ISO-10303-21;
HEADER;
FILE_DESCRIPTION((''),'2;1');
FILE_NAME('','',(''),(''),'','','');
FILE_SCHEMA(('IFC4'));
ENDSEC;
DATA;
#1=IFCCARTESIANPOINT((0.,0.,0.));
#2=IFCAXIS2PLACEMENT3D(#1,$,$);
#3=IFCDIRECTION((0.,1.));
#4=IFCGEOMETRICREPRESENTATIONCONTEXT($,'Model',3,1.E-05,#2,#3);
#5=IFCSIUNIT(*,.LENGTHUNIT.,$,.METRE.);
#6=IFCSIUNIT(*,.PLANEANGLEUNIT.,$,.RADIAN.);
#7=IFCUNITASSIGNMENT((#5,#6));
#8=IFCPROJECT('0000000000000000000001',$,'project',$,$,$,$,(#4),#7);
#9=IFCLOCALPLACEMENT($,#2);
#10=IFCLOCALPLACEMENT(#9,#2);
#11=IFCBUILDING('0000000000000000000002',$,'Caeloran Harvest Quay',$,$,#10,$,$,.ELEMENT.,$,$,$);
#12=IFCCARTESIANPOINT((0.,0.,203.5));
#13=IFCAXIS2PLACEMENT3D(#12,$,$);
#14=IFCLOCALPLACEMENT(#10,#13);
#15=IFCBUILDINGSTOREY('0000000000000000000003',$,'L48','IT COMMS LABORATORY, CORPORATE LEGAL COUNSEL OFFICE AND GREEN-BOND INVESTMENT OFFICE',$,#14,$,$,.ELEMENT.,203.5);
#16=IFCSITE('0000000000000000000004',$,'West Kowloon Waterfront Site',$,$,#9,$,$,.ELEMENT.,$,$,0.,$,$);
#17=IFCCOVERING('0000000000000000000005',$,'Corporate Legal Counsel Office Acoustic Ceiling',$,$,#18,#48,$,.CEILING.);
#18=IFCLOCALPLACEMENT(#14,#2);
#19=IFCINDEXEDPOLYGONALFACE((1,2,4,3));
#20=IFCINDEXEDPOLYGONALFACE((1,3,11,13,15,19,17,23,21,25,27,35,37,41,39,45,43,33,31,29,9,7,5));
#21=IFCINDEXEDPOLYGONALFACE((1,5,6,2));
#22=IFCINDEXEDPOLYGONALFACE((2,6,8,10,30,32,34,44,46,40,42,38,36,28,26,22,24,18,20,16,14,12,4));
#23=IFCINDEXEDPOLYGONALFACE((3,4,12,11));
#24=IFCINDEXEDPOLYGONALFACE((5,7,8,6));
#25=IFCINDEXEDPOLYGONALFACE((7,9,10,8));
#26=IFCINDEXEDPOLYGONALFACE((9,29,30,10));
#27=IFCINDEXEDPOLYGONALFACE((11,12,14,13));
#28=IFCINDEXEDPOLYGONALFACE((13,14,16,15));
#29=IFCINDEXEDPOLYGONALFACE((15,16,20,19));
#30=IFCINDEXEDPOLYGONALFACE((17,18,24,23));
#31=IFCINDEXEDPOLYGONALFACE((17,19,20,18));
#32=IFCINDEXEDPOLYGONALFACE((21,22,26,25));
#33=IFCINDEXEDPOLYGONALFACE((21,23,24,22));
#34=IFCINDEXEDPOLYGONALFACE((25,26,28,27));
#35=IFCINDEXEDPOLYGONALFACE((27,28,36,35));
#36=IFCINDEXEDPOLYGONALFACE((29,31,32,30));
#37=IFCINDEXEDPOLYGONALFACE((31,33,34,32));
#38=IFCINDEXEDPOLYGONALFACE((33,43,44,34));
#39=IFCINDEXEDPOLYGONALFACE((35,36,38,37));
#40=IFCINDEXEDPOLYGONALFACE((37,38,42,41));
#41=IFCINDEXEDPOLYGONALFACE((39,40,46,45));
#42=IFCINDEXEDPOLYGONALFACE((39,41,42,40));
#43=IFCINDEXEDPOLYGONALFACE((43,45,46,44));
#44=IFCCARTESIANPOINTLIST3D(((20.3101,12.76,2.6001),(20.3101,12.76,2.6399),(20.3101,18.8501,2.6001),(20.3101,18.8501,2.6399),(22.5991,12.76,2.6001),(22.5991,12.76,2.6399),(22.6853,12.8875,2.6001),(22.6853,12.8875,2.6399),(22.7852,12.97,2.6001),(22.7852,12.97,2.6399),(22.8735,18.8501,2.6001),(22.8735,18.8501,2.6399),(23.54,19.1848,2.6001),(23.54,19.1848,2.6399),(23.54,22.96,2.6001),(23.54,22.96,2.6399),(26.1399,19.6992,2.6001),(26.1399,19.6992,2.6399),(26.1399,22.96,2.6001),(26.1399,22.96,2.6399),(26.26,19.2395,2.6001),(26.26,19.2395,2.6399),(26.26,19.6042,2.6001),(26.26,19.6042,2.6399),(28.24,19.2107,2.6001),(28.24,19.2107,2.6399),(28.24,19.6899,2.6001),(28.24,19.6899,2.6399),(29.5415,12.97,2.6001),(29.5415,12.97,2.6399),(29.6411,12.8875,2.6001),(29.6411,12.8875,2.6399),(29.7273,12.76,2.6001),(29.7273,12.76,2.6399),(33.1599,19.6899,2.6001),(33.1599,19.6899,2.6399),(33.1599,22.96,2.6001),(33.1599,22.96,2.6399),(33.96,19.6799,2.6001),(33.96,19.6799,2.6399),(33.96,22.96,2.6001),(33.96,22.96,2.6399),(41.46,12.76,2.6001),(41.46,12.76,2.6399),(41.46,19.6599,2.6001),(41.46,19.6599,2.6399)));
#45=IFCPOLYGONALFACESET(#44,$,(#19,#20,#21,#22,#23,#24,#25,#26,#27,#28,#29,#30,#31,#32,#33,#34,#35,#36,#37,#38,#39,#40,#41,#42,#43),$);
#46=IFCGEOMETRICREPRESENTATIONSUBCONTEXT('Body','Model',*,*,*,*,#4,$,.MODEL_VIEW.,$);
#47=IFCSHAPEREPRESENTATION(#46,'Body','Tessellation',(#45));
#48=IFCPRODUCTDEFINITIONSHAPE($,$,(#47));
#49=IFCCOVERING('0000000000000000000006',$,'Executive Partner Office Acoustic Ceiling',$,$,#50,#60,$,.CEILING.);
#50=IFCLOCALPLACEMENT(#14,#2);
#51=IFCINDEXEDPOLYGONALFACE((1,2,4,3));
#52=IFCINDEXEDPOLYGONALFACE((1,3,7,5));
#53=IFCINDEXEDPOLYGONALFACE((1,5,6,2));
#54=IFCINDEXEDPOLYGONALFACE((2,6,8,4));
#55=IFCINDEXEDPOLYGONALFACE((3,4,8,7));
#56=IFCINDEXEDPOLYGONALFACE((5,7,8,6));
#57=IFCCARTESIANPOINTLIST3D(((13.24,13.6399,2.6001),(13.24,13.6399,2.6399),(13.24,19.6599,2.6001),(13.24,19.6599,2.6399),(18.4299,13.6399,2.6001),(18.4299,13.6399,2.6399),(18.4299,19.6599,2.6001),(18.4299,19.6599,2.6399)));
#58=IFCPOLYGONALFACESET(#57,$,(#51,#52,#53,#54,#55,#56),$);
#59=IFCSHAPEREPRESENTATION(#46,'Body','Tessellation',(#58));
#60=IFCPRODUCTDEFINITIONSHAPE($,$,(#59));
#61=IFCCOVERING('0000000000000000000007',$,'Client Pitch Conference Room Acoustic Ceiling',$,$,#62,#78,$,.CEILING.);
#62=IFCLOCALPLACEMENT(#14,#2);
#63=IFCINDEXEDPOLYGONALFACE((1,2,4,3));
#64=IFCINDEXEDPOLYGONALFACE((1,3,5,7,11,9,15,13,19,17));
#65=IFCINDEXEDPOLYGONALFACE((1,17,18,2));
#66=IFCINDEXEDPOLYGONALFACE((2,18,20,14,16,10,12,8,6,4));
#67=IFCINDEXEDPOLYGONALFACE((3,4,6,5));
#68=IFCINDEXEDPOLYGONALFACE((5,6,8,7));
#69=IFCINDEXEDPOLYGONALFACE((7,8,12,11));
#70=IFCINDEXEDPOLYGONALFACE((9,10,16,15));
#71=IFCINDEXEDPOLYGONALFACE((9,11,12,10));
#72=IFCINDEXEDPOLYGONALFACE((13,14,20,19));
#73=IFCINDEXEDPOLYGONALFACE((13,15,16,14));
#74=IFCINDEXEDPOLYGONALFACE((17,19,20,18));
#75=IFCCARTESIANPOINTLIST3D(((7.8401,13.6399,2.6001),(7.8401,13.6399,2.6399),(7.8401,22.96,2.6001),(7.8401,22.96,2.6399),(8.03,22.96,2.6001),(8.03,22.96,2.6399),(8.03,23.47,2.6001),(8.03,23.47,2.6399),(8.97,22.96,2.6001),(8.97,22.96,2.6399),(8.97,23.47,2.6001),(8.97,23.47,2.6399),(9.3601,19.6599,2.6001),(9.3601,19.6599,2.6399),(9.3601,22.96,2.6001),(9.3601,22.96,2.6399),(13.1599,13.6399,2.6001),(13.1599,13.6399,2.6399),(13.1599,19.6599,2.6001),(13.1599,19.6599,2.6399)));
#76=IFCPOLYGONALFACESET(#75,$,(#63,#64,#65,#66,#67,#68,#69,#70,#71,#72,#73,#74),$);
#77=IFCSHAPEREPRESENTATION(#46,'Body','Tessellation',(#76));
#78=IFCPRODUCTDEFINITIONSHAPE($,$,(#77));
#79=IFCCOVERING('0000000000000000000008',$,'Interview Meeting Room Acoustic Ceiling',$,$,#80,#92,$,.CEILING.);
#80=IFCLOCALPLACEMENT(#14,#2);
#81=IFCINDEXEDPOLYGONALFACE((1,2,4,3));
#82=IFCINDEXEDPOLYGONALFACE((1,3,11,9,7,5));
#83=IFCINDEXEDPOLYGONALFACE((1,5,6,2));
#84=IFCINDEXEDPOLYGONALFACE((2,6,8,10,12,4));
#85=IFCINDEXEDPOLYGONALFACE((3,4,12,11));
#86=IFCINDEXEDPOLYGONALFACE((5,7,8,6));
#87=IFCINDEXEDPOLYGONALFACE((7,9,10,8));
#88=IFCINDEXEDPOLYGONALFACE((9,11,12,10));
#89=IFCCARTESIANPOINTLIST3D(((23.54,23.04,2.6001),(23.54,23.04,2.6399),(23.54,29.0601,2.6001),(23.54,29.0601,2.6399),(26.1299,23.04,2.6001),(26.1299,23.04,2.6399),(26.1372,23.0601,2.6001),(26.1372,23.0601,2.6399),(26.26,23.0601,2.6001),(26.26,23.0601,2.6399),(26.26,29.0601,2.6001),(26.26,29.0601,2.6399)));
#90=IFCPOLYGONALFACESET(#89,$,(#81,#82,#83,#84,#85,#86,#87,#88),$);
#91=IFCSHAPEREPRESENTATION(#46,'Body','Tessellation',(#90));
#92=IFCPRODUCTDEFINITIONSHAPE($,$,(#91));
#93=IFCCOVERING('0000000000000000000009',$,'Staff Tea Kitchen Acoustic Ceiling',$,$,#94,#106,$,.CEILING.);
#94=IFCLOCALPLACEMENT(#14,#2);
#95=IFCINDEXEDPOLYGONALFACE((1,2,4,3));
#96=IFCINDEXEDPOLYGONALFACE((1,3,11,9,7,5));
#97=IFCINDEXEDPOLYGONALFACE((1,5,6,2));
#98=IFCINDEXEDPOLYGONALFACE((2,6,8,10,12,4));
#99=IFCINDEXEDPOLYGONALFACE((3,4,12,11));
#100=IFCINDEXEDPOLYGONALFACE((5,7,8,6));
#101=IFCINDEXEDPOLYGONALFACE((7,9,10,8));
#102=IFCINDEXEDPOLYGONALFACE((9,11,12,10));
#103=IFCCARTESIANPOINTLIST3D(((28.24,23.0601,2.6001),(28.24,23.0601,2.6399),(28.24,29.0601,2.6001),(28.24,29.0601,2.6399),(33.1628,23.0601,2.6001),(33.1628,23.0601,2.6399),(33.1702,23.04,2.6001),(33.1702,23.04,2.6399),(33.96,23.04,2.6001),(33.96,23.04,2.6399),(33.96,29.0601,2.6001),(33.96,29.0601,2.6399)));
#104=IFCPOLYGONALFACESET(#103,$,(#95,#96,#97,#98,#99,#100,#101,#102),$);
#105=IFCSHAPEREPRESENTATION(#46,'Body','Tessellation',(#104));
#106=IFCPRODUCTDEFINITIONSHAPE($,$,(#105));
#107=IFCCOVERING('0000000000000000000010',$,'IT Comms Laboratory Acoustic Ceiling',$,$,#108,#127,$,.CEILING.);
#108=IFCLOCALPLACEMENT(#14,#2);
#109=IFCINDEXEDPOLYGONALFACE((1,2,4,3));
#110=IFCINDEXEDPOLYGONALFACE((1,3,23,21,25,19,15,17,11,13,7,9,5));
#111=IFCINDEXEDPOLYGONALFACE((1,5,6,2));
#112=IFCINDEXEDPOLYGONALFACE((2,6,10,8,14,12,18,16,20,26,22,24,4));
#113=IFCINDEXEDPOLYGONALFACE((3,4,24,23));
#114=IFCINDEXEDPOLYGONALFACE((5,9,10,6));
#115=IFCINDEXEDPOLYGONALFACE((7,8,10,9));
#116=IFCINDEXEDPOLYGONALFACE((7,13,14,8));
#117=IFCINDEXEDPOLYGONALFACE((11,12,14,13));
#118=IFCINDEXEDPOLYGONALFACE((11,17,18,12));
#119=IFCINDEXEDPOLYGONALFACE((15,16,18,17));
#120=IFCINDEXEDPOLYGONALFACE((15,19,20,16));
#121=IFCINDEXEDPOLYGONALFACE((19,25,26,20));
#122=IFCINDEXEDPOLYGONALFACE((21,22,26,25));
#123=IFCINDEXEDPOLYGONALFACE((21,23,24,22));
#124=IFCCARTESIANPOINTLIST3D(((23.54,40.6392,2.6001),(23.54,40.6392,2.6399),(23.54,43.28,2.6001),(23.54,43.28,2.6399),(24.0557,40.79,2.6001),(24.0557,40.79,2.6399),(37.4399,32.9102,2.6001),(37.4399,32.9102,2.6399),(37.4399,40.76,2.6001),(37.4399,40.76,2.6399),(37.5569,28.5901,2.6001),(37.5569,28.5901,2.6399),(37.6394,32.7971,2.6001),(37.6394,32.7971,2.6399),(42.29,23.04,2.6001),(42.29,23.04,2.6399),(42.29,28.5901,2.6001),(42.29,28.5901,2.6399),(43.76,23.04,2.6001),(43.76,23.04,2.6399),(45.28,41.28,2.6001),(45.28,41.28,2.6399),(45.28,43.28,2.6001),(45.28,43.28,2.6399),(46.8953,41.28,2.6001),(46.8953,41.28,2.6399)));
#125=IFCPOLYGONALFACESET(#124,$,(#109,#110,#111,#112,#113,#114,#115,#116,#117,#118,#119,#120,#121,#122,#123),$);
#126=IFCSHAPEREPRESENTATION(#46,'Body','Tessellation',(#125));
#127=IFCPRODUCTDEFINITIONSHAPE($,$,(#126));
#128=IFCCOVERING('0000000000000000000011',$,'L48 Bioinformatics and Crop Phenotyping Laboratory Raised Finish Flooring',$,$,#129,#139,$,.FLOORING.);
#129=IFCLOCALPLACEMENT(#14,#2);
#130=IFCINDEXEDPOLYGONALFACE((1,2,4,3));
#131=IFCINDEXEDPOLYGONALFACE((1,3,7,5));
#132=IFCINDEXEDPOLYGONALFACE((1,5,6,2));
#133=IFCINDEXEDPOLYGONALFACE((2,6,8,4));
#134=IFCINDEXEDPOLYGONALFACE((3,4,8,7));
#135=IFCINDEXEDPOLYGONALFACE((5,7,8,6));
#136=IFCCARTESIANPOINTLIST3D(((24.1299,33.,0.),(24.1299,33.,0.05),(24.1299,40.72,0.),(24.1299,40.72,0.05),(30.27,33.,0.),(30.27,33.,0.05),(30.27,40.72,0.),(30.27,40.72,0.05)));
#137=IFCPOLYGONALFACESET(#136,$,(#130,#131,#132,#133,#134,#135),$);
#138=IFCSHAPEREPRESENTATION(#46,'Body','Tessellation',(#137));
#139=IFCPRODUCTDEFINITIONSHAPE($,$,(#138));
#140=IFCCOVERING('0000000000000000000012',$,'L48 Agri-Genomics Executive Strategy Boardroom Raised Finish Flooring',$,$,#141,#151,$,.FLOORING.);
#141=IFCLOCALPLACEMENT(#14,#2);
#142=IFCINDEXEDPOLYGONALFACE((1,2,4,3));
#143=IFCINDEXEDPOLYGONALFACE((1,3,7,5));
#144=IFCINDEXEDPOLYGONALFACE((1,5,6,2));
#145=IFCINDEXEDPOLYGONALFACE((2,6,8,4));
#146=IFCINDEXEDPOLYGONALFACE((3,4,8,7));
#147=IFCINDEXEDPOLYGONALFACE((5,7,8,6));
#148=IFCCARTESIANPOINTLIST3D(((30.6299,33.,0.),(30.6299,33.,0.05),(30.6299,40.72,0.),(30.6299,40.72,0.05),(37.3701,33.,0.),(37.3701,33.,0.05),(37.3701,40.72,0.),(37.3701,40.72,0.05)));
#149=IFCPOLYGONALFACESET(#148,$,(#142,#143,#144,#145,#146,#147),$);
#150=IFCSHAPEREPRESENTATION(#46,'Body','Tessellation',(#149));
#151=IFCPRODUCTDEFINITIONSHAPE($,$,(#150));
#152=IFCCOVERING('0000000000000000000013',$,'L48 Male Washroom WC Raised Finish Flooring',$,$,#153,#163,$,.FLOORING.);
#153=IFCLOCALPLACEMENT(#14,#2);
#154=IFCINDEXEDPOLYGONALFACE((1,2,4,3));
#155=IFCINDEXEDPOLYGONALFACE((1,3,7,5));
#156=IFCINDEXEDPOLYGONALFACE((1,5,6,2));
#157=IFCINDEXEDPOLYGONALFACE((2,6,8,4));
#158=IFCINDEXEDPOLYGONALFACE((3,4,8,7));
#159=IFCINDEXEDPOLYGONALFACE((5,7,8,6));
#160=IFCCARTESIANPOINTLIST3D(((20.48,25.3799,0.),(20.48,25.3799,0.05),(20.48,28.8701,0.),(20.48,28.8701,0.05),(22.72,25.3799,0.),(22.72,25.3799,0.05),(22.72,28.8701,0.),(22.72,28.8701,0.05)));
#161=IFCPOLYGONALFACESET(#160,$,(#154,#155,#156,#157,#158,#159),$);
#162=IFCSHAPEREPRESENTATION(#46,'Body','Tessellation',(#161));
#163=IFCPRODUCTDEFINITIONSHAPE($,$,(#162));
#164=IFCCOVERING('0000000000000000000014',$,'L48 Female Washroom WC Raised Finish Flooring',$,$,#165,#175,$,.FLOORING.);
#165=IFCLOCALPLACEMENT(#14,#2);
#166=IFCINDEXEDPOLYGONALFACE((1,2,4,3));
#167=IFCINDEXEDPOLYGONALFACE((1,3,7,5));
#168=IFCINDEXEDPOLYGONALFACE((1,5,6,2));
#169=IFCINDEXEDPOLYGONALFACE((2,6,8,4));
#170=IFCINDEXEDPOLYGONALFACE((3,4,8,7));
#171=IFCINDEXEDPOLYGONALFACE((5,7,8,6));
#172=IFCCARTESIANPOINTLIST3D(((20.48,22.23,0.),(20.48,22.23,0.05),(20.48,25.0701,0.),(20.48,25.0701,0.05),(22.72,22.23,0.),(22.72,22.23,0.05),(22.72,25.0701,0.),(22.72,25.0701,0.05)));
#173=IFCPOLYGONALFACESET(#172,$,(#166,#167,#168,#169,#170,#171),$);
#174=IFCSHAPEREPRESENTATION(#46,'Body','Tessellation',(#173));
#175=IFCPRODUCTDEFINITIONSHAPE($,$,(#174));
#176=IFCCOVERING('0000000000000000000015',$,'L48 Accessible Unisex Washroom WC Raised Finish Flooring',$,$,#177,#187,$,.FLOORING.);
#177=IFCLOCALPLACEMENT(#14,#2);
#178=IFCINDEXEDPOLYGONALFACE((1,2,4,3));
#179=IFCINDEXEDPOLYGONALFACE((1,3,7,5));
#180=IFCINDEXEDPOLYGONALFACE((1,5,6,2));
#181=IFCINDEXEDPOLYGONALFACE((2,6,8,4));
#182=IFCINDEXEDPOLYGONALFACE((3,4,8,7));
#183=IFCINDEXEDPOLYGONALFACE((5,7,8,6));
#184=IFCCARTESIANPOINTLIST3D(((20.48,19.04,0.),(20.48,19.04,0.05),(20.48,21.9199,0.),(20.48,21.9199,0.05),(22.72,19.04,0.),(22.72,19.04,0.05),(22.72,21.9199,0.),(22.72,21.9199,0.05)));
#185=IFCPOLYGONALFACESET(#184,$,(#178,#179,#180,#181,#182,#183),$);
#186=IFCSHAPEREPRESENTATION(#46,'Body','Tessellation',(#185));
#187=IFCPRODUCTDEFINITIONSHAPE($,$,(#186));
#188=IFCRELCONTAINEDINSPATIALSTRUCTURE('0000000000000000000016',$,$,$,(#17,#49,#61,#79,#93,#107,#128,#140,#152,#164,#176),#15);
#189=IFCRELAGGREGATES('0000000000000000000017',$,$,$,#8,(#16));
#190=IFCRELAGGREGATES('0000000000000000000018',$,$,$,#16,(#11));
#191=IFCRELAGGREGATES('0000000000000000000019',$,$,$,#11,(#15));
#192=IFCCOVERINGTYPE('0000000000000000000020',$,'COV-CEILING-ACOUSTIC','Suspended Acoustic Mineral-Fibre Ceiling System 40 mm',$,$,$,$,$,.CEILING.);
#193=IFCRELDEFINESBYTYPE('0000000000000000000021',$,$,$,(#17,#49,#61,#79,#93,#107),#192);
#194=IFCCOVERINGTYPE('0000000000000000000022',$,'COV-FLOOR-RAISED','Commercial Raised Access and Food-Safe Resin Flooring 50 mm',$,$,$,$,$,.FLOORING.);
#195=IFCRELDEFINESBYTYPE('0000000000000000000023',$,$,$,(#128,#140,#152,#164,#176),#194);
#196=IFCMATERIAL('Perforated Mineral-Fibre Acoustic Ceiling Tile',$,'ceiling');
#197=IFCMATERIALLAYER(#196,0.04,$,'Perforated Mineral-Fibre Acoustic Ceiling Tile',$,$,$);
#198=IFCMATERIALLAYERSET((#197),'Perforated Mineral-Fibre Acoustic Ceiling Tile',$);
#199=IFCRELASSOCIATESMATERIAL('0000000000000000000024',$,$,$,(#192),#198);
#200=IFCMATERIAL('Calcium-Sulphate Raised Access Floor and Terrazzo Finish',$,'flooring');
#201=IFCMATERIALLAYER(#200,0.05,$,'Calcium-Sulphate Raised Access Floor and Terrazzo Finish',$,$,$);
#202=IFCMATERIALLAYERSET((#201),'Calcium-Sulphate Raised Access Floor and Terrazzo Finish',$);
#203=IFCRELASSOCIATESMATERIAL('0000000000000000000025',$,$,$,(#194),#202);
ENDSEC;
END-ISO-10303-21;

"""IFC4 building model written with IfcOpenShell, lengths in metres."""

from ifc_helpers import new_model, si_unit, direction, frame, origin, place, context, subcontext, project, spatial, polyline, outline, extrude, material, layer, layer_set, type_object, element, save


model = new_model("IFC4")

# Units and contexts
model_context = context("Model", 3, precision=1e-05, world=origin(), true_north=direction((0.0, 1.0)))
body_context = subcontext(model_context, "Body", "Model", "MODEL_VIEW")
ifc_project = project(units=[si_unit("LENGTHUNIT", "METRE"), si_unit("PLANEANGLEUNIT", "RADIAN")], contexts=[model_context])

# Site, building, storey
site_placement = place(None, origin())
site = spatial("IfcSite", under=ifc_project, at=site_placement, Name="West Kowloon Waterfront Site", CompositionType="ELEMENT", RefElevation=0.0)
building_placement = place(site_placement, origin())
building = spatial("IfcBuilding", under=site, at=building_placement, Name="Caeloran Harvest Quay", CompositionType="ELEMENT")
storey_placement = place(building_placement, frame((0.0, 0.0, 203.5)))
storey = spatial("IfcBuildingStorey", under=building, at=storey_placement, Name="L48", Description="IT COMMS LABORATORY, CORPORATE LEGAL COUNSEL OFFICE AND GREEN-BOND INVESTMENT OFFICE", CompositionType="ELEMENT", Elevation=203.5)

# Coverings
ifc_material_1 = material(Name="Perforated Mineral-Fibre Acoustic Ceiling Tile", Category="ceiling")
ifc_layer_1 = layer(ifc_material_1, 0.04, Name="Perforated Mineral-Fibre Acoustic Ceiling Tile")
ifc_layer_set_1 = layer_set([ifc_layer_1], Name="Perforated Mineral-Fibre Acoustic Ceiling Tile")
covering_type_1 = type_object("IfcCoveringType", Name="COV-CEILING-ACOUSTIC", Description="Suspended Acoustic Mineral-Fibre Ceiling System 40 mm", PredefinedType="CEILING", material=ifc_layer_set_1)
covering_1_placement = place(storey_placement, frame((0.0, 0.0, 2.6001)))
element("IfcCovering", 1, at=covering_1_placement, inside=storey, type_object=covering_type_1, Name="Corporate Legal Counsel Office Acoustic Ceiling", PredefinedType="CEILING", context=body_context, shape_type="SweptSolid", body=[
    extrude(outline(polyline([(33.1599, 22.96), (33.96, 22.96), (33.96, 19.6799), (41.46, 19.6599), (41.46, 12.76), (29.7273, 12.76), (29.6411, 12.8875), (29.5415, 12.97), (22.7852, 12.97), (22.6853, 12.8875), (22.5991, 12.76), (20.3101, 12.76), (20.3101, 18.8501), (22.8735, 18.8501), (23.54, 19.1848), (23.54, 22.96), (26.1399, 22.96), (26.1399, 19.6992), (26.26, 19.6042), (26.26, 19.2395), (28.24, 19.2107), (28.24, 19.6899), (33.1599, 19.6899), (33.1599, 22.96)])), origin(), (0.0, 0.0, 1.0), 0.0398),
])
covering_2_placement = place(storey_placement, frame((0.0, 0.0, 2.6001)))
element("IfcCovering", 2, at=covering_2_placement, inside=storey, type_object=covering_type_1, Name="Executive Partner Office Acoustic Ceiling", PredefinedType="CEILING", context=body_context, shape_type="SweptSolid", body=[
    extrude(outline(polyline([(18.4299, 13.6399), (13.24, 13.6399), (13.24, 19.6599), (18.4299, 19.6599), (18.4299, 13.6399)])), origin(), (0.0, 0.0, 1.0), 0.0398),
])
covering_3_placement = place(storey_placement, frame((0.0, 0.0, 2.6001)))
element("IfcCovering", 3, at=covering_3_placement, inside=storey, type_object=covering_type_1, Name="Client Pitch Conference Room Acoustic Ceiling", PredefinedType="CEILING", context=body_context, shape_type="SweptSolid", body=[
    extrude(outline(polyline([(13.1599, 13.6399), (7.8401, 13.6399), (7.8401, 22.96), (8.03, 22.96), (8.03, 23.47), (8.97, 23.47), (8.97, 22.96), (9.3601, 22.96), (9.3601, 19.6599), (13.1599, 19.6599), (13.1599, 13.6399)])), origin(), (0.0, 0.0, 1.0), 0.0398),
])
covering_4_placement = place(storey_placement, frame((0.0, 0.0, 2.6001)))
element("IfcCovering", 4, at=covering_4_placement, inside=storey, type_object=covering_type_1, Name="Interview Meeting Room Acoustic Ceiling", PredefinedType="CEILING", context=body_context, shape_type="SweptSolid", body=[
    extrude(outline(polyline([(26.1372, 23.0601), (26.1299, 23.04), (23.54, 23.04), (23.54, 29.0601), (26.26, 29.0601), (26.26, 23.0601), (26.1372, 23.0601)])), origin(), (0.0, 0.0, 1.0), 0.0398),
])
covering_5_placement = place(storey_placement, frame((0.0, 0.0, 2.6001)))
element("IfcCovering", 5, at=covering_5_placement, inside=storey, type_object=covering_type_1, Name="Staff Tea Kitchen Acoustic Ceiling", PredefinedType="CEILING", context=body_context, shape_type="SweptSolid", body=[
    extrude(outline(polyline([(33.1628, 23.0601), (28.24, 23.0601), (28.24, 29.0601), (33.96, 29.0601), (33.96, 23.04), (33.1702, 23.04), (33.1628, 23.0601)])), origin(), (0.0, 0.0, 1.0), 0.0398),
])
covering_6_placement = place(storey_placement, frame((0.0, 0.0, 2.6001)))
element("IfcCovering", 6, at=covering_6_placement, inside=storey, type_object=covering_type_1, Name="IT Comms Laboratory Acoustic Ceiling", PredefinedType="CEILING", context=body_context, shape_type="SweptSolid", body=[
    extrude(outline(polyline([(45.28, 43.28), (45.28, 41.28), (46.8953, 41.28), (43.76, 23.04), (42.29, 23.04), (42.29, 28.5901), (37.5569, 28.5901), (37.6394, 32.7971), (37.4399, 32.9102), (37.4399, 40.76), (24.0557, 40.79), (23.54, 40.6392), (23.54, 43.28), (45.28, 43.28)])), origin(), (0.0, 0.0, 1.0), 0.0398),
])
ifc_material_2 = material(Name="Calcium-Sulphate Raised Access Floor and Terrazzo Finish", Category="flooring")
ifc_layer_2 = layer(ifc_material_2, 0.05, Name="Calcium-Sulphate Raised Access Floor and Terrazzo Finish")
ifc_layer_set_2 = layer_set([ifc_layer_2], Name="Calcium-Sulphate Raised Access Floor and Terrazzo Finish")
covering_type_2 = type_object("IfcCoveringType", Name="COV-FLOOR-RAISED", Description="Commercial Raised Access and Food-Safe Resin Flooring 50 mm", PredefinedType="FLOORING", material=ifc_layer_set_2)
covering_7_placement = place(storey_placement, origin())
element("IfcCovering", 7, at=covering_7_placement, inside=storey, type_object=covering_type_2, Name="L48 Bioinformatics and Crop Phenotyping Laboratory Raised Finish Flooring", PredefinedType="FLOORING", context=body_context, shape_type="SweptSolid", body=[
    extrude(outline(polyline([(30.27, 40.72), (30.27, 33.0), (24.1299, 33.0), (24.1299, 40.72), (30.27, 40.72)])), origin(), (0.0, 0.0, 1.0), 0.05),
])
covering_8_placement = place(storey_placement, origin())
element("IfcCovering", 8, at=covering_8_placement, inside=storey, type_object=covering_type_2, Name="L48 Agri-Genomics Executive Strategy Boardroom Raised Finish Flooring", PredefinedType="FLOORING", context=body_context, shape_type="SweptSolid", body=[
    extrude(outline(polyline([(37.3701, 40.72), (37.3701, 33.0), (30.6299, 33.0), (30.6299, 40.72), (37.3701, 40.72)])), origin(), (0.0, 0.0, 1.0), 0.05),
])
covering_9_placement = place(storey_placement, origin())
element("IfcCovering", 9, at=covering_9_placement, inside=storey, type_object=covering_type_2, Name="L48 Male Washroom WC Raised Finish Flooring", PredefinedType="FLOORING", context=body_context, shape_type="SweptSolid", body=[
    extrude(outline(polyline([(22.72, 28.8701), (22.72, 25.3799), (20.48, 25.3799), (20.48, 28.8701), (22.72, 28.8701)])), origin(), (0.0, 0.0, 1.0), 0.05),
])
covering_10_placement = place(storey_placement, origin())
element("IfcCovering", 10, at=covering_10_placement, inside=storey, type_object=covering_type_2, Name="L48 Female Washroom WC Raised Finish Flooring", PredefinedType="FLOORING", context=body_context, shape_type="SweptSolid", body=[
    extrude(outline(polyline([(22.72, 25.0701), (22.72, 22.23), (20.48, 22.23), (20.48, 25.0701), (22.72, 25.0701)])), origin(), (0.0, 0.0, 1.0), 0.05),
])
covering_11_placement = place(storey_placement, origin())
element("IfcCovering", 11, at=covering_11_placement, inside=storey, type_object=covering_type_2, Name="L48 Accessible Unisex Washroom WC Raised Finish Flooring", PredefinedType="FLOORING", context=body_context, shape_type="SweptSolid", body=[
    extrude(outline(polyline([(22.72, 21.9199), (22.72, 19.04), (20.48, 19.04), (20.48, 21.9199), (22.72, 21.9199)])), origin(), (0.0, 0.0, 1.0), 0.05),
])

save(model, "model.ifc")
